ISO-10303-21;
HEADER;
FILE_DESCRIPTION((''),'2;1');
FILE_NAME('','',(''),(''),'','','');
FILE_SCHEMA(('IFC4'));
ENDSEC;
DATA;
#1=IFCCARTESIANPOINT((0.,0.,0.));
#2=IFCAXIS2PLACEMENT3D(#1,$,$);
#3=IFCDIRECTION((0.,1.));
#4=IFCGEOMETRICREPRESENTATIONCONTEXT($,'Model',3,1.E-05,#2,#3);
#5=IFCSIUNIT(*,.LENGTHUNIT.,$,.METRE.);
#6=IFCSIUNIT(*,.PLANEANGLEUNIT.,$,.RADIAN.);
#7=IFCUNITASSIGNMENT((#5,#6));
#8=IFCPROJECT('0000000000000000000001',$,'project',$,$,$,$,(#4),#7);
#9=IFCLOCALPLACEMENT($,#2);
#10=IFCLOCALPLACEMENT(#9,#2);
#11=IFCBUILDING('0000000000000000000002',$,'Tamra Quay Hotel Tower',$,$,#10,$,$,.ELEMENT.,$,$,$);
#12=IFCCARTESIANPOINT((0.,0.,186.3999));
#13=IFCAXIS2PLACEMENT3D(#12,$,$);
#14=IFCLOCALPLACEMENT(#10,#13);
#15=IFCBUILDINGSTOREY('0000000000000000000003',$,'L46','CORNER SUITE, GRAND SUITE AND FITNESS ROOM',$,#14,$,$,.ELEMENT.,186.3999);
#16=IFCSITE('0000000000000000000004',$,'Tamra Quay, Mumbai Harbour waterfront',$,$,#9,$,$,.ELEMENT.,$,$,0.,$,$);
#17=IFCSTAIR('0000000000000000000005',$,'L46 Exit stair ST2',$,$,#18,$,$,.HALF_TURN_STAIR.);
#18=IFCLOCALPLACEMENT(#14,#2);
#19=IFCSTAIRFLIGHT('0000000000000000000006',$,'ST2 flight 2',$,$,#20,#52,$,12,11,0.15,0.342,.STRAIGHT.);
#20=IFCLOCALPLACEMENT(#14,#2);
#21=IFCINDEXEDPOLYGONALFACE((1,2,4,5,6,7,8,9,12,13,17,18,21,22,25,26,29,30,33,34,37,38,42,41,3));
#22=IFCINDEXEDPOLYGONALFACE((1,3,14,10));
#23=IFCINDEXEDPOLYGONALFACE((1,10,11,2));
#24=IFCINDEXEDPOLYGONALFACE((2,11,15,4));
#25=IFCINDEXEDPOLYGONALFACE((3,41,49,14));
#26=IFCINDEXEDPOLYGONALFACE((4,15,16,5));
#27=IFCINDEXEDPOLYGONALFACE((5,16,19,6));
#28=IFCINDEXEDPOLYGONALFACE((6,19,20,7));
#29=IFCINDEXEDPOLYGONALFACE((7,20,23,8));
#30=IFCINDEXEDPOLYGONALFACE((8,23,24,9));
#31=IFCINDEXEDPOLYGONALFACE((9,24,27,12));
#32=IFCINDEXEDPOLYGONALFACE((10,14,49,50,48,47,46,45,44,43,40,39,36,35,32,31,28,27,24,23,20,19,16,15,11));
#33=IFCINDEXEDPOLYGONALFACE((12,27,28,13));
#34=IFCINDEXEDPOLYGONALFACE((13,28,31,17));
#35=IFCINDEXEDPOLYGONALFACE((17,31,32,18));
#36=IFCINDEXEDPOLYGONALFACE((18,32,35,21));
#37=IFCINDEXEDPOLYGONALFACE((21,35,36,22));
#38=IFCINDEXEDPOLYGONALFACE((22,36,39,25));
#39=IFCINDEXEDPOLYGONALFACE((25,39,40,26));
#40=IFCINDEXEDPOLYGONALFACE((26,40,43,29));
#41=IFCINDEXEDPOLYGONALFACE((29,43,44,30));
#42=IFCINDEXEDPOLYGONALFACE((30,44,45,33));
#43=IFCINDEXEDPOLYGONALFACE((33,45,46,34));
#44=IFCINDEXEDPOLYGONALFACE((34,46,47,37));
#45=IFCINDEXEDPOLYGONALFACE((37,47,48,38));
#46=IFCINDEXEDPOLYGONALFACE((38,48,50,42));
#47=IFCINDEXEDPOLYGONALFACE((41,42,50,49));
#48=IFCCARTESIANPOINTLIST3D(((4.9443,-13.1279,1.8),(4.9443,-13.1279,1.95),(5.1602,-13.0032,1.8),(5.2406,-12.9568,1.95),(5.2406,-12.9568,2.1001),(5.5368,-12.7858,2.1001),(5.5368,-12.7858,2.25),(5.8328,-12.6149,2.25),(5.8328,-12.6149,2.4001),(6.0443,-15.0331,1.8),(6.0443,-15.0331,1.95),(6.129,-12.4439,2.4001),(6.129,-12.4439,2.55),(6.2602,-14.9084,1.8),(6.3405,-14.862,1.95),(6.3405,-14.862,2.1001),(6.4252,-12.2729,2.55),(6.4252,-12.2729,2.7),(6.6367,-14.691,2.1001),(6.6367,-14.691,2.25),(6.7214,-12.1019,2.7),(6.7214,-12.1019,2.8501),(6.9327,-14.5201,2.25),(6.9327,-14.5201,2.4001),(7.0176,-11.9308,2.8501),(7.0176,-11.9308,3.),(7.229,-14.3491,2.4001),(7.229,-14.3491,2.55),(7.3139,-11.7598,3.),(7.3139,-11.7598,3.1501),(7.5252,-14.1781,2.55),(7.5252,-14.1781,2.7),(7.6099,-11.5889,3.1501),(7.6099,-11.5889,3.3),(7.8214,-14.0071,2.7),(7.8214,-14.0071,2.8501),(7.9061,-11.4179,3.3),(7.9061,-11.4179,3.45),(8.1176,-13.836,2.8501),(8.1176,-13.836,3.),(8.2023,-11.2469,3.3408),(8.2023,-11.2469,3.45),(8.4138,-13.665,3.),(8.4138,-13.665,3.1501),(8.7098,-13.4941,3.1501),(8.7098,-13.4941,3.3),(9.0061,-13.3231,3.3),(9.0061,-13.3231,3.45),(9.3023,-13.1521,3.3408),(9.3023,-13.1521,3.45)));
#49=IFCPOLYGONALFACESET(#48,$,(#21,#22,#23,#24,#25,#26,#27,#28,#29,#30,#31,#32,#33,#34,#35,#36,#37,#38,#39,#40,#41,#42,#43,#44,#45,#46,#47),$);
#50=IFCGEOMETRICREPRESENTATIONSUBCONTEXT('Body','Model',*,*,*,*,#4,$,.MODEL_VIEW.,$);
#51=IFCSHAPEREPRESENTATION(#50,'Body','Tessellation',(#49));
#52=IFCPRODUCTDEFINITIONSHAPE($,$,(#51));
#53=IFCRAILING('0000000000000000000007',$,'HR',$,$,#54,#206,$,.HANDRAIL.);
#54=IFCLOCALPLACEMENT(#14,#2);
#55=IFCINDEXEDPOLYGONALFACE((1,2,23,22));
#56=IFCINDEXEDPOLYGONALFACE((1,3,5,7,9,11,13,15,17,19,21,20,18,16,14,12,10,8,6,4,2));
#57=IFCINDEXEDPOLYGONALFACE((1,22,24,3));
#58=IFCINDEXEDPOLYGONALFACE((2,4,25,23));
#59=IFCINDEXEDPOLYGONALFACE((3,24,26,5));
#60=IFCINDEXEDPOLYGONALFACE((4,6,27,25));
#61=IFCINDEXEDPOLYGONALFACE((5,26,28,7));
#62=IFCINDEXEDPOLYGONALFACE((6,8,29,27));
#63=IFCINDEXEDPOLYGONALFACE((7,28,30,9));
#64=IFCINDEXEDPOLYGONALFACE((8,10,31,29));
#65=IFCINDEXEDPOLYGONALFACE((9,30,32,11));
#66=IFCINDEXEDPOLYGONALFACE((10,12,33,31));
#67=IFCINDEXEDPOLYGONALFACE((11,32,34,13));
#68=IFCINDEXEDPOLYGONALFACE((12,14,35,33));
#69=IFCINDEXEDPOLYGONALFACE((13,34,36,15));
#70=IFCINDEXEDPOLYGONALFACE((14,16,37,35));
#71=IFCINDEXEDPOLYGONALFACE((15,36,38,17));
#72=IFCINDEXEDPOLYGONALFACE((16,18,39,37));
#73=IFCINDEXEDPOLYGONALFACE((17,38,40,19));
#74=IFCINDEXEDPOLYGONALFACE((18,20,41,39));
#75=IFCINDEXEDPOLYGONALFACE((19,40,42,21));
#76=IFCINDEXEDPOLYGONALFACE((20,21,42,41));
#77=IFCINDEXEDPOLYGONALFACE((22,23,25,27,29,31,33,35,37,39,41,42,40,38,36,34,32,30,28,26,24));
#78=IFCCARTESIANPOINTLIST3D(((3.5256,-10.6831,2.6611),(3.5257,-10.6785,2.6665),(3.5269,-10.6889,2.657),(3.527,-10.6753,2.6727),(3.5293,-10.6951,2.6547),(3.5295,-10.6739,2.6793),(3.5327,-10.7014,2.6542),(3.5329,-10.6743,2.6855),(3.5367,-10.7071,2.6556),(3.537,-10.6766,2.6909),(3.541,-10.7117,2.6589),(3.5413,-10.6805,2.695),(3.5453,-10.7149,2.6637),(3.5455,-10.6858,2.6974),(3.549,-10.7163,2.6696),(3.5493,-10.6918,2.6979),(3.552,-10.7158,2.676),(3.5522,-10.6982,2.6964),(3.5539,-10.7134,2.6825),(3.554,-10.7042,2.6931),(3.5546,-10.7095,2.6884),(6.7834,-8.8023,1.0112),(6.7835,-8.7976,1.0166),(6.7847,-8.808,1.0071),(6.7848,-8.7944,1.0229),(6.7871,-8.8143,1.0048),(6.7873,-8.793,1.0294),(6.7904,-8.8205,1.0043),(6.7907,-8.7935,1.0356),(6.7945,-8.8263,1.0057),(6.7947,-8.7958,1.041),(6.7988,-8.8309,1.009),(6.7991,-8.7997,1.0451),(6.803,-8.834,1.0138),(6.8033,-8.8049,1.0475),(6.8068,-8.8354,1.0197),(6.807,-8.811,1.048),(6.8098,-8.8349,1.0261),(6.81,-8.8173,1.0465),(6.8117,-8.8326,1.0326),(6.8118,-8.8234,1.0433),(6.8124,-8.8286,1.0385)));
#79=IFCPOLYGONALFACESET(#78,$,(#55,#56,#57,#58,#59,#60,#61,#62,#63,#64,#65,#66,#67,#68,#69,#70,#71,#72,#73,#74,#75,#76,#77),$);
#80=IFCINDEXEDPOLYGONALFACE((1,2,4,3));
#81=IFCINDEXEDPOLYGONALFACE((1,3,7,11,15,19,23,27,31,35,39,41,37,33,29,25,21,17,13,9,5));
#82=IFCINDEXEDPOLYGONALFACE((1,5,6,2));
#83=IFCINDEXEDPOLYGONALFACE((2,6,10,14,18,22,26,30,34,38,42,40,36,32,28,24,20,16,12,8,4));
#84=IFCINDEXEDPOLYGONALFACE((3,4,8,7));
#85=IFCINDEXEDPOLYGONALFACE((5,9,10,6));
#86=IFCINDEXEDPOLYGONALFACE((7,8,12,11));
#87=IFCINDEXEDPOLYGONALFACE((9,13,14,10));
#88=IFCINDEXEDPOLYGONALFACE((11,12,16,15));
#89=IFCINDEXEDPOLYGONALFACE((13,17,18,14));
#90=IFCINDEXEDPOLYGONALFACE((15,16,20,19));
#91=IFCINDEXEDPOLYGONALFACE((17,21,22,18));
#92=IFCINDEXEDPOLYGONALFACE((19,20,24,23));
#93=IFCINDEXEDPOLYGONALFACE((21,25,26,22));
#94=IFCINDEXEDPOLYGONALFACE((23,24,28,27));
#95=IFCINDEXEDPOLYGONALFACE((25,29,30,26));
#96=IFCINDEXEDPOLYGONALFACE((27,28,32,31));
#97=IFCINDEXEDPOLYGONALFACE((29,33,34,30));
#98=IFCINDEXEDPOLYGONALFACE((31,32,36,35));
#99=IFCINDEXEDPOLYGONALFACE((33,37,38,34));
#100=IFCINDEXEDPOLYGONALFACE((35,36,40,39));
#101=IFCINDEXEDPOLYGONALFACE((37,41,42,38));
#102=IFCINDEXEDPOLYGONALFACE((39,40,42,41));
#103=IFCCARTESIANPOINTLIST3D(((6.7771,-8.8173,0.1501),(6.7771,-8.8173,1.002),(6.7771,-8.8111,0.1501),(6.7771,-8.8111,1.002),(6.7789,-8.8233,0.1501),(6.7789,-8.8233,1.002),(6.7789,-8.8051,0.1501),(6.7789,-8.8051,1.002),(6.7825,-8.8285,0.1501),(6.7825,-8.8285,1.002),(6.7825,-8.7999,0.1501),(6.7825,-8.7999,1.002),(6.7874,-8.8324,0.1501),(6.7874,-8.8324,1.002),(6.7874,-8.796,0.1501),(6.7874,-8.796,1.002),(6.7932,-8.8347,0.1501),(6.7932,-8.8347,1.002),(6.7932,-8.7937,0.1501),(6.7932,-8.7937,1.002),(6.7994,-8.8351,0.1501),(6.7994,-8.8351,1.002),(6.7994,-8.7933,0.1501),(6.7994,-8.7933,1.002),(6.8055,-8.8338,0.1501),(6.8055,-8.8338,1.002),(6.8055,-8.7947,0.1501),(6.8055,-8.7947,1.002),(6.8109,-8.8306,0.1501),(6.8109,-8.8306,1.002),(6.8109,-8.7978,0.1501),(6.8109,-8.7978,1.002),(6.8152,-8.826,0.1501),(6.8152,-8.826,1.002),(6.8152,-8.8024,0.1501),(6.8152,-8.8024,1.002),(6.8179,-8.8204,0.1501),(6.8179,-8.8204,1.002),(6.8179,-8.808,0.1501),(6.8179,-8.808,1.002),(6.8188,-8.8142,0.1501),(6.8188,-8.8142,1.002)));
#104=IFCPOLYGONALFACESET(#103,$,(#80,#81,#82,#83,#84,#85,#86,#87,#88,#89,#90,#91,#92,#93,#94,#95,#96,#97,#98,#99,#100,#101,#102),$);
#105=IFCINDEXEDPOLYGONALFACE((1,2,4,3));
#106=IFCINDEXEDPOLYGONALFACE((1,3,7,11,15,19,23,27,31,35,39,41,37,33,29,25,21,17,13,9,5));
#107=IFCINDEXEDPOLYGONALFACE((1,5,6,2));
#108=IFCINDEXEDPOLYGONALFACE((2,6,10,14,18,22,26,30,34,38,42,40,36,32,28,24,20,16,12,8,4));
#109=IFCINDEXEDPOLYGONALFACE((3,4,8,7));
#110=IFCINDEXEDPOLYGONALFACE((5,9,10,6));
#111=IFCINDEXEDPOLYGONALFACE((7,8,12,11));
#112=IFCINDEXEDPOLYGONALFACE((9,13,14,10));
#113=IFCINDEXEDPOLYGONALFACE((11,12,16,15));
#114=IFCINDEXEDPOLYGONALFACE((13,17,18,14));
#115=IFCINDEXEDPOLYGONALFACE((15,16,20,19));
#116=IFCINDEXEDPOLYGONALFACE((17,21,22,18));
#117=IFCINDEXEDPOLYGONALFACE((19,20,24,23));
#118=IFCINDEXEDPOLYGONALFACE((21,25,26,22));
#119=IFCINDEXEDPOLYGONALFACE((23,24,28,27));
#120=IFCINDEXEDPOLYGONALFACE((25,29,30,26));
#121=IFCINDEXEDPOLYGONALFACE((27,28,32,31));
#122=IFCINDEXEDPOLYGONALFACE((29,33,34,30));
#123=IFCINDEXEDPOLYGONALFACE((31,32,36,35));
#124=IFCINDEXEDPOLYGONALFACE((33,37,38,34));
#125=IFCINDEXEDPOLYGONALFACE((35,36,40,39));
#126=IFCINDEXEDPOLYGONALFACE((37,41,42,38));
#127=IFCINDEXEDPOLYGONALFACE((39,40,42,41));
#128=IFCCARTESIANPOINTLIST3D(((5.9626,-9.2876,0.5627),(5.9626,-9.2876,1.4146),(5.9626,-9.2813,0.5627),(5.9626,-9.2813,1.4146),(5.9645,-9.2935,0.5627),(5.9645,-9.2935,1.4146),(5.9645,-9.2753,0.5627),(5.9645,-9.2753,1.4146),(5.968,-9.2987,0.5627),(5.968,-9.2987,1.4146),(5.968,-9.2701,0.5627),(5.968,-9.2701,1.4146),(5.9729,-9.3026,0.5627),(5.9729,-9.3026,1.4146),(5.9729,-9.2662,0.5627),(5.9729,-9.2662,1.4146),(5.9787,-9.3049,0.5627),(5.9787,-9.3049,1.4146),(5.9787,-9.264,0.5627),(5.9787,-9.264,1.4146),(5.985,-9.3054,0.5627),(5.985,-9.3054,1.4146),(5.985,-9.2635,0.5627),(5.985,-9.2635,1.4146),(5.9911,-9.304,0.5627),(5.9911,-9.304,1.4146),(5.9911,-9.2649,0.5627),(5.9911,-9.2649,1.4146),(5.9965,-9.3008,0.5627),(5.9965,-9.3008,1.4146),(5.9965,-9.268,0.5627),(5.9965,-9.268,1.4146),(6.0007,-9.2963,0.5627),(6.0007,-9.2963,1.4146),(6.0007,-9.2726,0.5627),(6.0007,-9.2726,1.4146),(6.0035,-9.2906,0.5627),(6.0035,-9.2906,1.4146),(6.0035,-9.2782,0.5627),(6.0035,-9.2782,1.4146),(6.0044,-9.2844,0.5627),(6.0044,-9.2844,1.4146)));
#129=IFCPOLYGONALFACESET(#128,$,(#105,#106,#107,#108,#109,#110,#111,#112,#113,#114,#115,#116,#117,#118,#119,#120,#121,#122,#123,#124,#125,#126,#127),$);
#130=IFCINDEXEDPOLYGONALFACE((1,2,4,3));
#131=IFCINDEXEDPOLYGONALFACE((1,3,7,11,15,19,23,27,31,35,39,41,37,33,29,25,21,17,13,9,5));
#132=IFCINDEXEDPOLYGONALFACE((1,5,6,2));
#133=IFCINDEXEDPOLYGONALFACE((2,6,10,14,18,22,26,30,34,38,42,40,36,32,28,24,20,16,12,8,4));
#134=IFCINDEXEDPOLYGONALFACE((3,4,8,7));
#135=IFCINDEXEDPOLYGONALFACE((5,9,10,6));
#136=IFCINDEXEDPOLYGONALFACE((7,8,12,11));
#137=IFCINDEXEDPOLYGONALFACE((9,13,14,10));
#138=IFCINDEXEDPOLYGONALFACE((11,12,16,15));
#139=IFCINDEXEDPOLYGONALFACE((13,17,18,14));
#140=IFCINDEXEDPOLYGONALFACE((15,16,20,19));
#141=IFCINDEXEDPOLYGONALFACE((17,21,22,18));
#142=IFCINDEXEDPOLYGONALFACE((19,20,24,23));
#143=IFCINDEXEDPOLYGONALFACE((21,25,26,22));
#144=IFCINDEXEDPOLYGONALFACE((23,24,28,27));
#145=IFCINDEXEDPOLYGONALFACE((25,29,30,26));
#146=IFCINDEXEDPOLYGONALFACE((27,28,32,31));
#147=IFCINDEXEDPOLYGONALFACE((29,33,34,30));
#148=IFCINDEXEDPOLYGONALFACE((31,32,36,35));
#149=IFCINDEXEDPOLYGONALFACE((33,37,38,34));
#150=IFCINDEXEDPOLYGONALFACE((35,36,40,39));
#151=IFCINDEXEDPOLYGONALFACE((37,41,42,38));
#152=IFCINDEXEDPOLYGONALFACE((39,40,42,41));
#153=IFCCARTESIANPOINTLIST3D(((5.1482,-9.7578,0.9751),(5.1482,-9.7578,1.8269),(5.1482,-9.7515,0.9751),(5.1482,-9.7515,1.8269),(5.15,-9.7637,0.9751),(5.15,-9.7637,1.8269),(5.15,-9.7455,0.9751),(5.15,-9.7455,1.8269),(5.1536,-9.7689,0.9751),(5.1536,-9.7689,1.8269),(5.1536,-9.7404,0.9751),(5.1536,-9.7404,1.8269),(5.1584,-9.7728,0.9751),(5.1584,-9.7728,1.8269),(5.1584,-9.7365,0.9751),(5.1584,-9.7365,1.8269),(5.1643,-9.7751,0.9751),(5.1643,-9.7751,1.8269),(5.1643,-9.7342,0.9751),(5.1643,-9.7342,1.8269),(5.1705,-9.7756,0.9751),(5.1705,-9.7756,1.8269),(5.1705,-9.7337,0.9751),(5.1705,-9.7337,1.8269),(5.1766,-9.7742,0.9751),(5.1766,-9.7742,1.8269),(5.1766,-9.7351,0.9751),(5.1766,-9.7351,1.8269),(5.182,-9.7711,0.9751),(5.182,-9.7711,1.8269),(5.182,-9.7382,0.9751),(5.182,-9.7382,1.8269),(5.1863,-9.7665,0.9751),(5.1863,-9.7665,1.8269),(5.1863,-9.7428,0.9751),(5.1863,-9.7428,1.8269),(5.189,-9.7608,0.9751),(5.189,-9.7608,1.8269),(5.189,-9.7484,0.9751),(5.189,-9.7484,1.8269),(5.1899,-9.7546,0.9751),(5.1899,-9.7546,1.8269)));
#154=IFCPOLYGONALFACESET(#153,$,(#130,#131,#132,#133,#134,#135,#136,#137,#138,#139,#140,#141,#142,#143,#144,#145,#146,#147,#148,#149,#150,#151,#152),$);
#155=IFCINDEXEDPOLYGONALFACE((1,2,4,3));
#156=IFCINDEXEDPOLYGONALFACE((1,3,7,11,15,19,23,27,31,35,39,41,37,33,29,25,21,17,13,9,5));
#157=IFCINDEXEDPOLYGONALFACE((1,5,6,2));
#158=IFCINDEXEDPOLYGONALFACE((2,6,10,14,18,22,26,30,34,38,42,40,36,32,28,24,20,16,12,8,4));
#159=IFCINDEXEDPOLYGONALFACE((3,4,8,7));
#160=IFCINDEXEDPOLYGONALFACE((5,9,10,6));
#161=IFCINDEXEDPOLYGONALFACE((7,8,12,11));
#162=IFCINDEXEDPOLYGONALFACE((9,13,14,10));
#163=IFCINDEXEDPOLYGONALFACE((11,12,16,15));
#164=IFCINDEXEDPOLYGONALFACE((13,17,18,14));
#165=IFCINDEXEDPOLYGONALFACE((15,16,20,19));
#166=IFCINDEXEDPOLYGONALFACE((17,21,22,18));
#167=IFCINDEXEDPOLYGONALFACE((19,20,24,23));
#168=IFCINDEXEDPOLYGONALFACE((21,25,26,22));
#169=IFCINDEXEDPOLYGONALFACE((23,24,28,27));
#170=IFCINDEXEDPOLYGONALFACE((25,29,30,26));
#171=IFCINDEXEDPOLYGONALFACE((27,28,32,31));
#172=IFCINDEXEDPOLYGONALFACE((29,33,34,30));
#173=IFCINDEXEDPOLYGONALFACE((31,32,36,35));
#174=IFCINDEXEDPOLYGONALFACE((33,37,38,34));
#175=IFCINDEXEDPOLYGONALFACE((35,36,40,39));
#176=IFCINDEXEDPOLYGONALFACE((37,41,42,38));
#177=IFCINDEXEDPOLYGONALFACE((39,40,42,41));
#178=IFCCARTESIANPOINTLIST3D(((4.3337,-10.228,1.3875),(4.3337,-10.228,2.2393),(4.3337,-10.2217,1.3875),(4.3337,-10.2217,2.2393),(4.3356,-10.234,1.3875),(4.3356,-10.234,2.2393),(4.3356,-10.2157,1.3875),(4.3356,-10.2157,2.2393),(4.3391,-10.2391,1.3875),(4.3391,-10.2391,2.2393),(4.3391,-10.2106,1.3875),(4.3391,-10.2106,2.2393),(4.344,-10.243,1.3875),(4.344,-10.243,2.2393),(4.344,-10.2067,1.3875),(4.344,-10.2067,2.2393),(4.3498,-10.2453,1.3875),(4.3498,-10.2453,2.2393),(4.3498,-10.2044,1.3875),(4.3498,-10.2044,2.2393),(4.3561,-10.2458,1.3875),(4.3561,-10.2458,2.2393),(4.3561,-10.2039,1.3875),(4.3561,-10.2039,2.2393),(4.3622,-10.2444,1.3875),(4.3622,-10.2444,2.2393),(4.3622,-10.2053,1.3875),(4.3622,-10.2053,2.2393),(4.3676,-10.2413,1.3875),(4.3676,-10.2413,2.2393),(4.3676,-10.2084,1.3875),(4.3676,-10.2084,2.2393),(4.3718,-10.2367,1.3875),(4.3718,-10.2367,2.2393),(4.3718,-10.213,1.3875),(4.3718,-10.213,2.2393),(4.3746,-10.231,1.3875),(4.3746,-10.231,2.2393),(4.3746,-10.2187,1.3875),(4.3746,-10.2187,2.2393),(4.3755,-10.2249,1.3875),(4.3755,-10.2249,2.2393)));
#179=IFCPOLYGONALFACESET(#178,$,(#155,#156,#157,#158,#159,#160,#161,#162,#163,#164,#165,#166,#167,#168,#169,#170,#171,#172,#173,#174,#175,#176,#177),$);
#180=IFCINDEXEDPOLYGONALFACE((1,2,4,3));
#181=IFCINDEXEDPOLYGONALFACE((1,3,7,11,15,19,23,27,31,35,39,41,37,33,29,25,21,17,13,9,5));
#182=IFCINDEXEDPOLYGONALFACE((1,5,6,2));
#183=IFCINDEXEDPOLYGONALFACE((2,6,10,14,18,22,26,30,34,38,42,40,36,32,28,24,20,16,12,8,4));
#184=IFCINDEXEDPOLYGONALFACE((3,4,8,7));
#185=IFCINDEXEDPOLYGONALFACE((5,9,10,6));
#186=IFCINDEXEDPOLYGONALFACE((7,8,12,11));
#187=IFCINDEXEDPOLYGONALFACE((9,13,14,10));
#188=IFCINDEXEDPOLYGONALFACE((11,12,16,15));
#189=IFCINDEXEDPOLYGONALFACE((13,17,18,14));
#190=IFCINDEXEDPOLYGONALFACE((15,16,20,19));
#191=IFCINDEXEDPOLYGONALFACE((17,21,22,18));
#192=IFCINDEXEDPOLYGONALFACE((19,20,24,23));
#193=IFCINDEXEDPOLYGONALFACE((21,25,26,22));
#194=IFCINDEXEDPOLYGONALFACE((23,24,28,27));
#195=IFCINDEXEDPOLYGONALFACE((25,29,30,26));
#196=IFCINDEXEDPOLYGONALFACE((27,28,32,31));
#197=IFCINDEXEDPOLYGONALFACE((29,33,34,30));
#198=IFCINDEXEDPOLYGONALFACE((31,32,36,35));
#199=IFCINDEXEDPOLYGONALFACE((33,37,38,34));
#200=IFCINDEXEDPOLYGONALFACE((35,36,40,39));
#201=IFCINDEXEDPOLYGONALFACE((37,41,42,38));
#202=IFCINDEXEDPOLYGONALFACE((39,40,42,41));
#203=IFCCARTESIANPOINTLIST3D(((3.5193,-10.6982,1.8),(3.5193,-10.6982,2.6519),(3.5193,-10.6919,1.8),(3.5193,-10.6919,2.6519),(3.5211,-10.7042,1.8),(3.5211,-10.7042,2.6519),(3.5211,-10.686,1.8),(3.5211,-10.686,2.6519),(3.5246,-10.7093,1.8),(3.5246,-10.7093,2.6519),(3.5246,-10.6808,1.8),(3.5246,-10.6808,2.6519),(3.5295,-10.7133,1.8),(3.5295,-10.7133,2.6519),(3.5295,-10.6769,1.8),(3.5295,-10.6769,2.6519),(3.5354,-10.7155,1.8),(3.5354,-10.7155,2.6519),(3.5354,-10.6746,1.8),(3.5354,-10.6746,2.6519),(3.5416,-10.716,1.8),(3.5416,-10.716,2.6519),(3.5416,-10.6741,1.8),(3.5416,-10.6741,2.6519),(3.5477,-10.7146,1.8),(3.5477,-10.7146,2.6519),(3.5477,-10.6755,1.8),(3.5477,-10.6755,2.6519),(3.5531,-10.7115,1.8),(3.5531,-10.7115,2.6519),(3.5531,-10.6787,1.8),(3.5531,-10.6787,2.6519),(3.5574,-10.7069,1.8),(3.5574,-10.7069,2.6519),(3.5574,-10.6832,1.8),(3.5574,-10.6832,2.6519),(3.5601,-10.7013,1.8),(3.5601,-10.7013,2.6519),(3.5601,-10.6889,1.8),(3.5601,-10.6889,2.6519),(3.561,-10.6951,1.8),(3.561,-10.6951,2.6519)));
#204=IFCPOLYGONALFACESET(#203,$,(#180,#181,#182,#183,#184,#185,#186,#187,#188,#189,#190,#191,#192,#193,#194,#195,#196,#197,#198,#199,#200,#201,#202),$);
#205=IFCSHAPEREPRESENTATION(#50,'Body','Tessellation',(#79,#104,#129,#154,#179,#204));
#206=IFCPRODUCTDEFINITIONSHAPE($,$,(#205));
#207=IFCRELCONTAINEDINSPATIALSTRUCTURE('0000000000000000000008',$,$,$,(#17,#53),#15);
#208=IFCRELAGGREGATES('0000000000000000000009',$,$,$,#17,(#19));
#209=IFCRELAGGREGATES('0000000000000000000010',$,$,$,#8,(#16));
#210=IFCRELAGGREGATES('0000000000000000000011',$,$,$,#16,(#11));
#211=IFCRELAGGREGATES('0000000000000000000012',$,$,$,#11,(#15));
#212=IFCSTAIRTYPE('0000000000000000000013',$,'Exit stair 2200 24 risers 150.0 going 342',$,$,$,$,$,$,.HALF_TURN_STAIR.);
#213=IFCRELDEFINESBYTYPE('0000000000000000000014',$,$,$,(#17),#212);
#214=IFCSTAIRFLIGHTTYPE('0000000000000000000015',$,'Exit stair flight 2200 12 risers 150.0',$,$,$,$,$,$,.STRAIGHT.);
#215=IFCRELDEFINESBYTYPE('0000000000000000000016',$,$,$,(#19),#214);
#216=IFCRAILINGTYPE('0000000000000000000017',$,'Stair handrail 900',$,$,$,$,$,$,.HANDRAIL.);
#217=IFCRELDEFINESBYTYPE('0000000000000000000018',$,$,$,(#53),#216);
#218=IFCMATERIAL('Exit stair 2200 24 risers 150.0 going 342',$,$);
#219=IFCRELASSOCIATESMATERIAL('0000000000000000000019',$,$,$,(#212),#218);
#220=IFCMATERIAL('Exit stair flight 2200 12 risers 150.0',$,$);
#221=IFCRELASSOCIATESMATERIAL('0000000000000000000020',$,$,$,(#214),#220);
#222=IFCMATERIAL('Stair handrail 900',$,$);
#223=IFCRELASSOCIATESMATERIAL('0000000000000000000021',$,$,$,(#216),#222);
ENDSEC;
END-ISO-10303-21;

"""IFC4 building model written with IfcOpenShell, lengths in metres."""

from ifc_helpers import new_model, si_unit, direction, frame, origin, origin_2d, place, context, subcontext, project, spatial, polyline, circle, outline, extrude, material, type_object, element, aggregate, save


model = new_model("IFC4")

# Units and contexts
model_context = context("Model", 3, precision=1e-05, world=origin(), true_north=direction((0.0, 1.0)))
body_context = subcontext(model_context, "Body", "Model", "MODEL_VIEW")
ifc_project = project(units=[si_unit("LENGTHUNIT", "METRE"), si_unit("PLANEANGLEUNIT", "RADIAN")], contexts=[model_context])

# Site, building, storey
site_placement = place(None, origin())
site = spatial("IfcSite", under=ifc_project, at=site_placement, Name="Tamra Quay, Mumbai Harbour waterfront", CompositionType="ELEMENT", RefElevation=0.0)
building_placement = place(site_placement, origin())
building = spatial("IfcBuilding", under=site, at=building_placement, Name="Tamra Quay Hotel Tower", CompositionType="ELEMENT")
storey_placement = place(building_placement, frame((0.0, 0.0, 186.3999)))
storey = spatial("IfcBuildingStorey", under=building, at=storey_placement, Name="L46", Description="CORNER SUITE, GRAND SUITE AND FITNESS ROOM", CompositionType="ELEMENT", Elevation=186.3999)

# Stair, stair flight
ifc_material_1 = material(Name="Exit stair 2200 24 risers 150.0 going 342")
stair_type = type_object("IfcStairType", Name="Exit stair 2200 24 risers 150.0 going 342", PredefinedType="HALF_TURN_STAIR", material=ifc_material_1)
stair_placement = place(storey_placement, origin())
stair = element("IfcStair", 1, at=stair_placement, inside=storey, type_object=stair_type, Name="L46 Exit stair ST2", PredefinedType="HALF_TURN_STAIR")
ifc_material_2 = material(Name="Exit stair flight 2200 12 risers 150.0")
stair_flight_type = type_object("IfcStairFlightType", Name="Exit stair flight 2200 12 risers 150.0", PredefinedType="STRAIGHT", material=ifc_material_2)
stair_flight_1_placement = place(storey_placement, frame((5.4944, -14.0806, 1.8), z_axis=(0.0, 0.0, 1.0), x_axis=(0.866025, 0.5, 0.0)))
stair_flight_1 = element("IfcStairFlight", 2, at=stair_flight_1_placement, type_object=stair_flight_type, Name="ST2 flight 2", NumberOfRisers=12, NumberOfTreads=11, PredefinedType="STRAIGHT", RiserHeight=0.15, TreadLength=0.342, context=body_context, shape_type="SweptSolid", body=[
    extrude(outline(polyline([(0.0, 0.0), (0.0, 0.1499), (0.342, 0.1499), (0.342, 0.3), (0.6841, 0.3), (0.6841, 0.45), (1.0259, 0.45), (1.0259, 0.6001), (1.3679, 0.6001), (1.3679, 0.75), (1.71, 0.75), (1.71, 0.8999), (2.052, 0.8999), (2.052, 1.05), (2.394, 1.05), (2.394, 1.2), (2.7361, 1.2), (2.7361, 1.3501), (3.0779, 1.3501), (3.0779, 1.5), (3.4199, 1.5), (3.4199, 1.6499), (3.762, 1.6499), (3.762, 1.8), (3.762, 1.5408), (0.2493, 0.0), (0.0, 0.0)])), frame((0.0, 1.1001, 0.0), z_axis=(0.0, -1.0, 0.0), x_axis=(1.0, 0.0, 0.0)), (0.0, 0.0, 1.0), 2.2),
])
aggregate(stair, [stair_flight_1])

# Railing
ifc_material_3 = material(Name="Stair handrail 900")
railing_type_1 = type_object("IfcRailingType", Name="Stair handrail 900", PredefinedType="HANDRAIL", material=ifc_material_3)
railing_1_placement = place(storey_placement, frame((6.7979, -8.8142, 0.1501)))
element("IfcRailing", 3, at=railing_1_placement, inside=storey, type_object=railing_type_1, Name="HR", PredefinedType="HANDRAIL", context=body_context, shape_type="SweptSolid", body=[
    extrude(circle(Radius=0.0239, at=origin_2d()), frame((0.0, 0.0, 0.876), z_axis=(-0.7931, -0.457887, 0.401661), x_axis=(0.499992, -0.86603, 0.0)), (0.0, 0.0, 1.0), 4.1077),
    extrude(circle(Radius=0.021, at=origin_2d()), origin(), (0.0, 0.0, 1.0), 0.8518),
    extrude(circle(Radius=0.021, at=origin_2d()), frame((-0.8145, -0.4702, 0.4126)), (0.0, 0.0, 1.0), 0.8518),
    extrude(circle(Radius=0.021, at=origin_2d()), frame((-1.6289, -0.9404, 0.825)), (0.0, 0.0, 1.0), 0.8518),
    extrude(circle(Radius=0.021, at=origin_2d()), frame((-2.4434, -1.4106, 1.2373)), (0.0, 0.0, 1.0), 0.8518),
    extrude(circle(Radius=0.021, at=origin_2d()), frame((-3.2578, -1.8809, 1.6499)), (0.0, 0.0, 1.0), 0.8518),
])

save(model, "model.ifc")
